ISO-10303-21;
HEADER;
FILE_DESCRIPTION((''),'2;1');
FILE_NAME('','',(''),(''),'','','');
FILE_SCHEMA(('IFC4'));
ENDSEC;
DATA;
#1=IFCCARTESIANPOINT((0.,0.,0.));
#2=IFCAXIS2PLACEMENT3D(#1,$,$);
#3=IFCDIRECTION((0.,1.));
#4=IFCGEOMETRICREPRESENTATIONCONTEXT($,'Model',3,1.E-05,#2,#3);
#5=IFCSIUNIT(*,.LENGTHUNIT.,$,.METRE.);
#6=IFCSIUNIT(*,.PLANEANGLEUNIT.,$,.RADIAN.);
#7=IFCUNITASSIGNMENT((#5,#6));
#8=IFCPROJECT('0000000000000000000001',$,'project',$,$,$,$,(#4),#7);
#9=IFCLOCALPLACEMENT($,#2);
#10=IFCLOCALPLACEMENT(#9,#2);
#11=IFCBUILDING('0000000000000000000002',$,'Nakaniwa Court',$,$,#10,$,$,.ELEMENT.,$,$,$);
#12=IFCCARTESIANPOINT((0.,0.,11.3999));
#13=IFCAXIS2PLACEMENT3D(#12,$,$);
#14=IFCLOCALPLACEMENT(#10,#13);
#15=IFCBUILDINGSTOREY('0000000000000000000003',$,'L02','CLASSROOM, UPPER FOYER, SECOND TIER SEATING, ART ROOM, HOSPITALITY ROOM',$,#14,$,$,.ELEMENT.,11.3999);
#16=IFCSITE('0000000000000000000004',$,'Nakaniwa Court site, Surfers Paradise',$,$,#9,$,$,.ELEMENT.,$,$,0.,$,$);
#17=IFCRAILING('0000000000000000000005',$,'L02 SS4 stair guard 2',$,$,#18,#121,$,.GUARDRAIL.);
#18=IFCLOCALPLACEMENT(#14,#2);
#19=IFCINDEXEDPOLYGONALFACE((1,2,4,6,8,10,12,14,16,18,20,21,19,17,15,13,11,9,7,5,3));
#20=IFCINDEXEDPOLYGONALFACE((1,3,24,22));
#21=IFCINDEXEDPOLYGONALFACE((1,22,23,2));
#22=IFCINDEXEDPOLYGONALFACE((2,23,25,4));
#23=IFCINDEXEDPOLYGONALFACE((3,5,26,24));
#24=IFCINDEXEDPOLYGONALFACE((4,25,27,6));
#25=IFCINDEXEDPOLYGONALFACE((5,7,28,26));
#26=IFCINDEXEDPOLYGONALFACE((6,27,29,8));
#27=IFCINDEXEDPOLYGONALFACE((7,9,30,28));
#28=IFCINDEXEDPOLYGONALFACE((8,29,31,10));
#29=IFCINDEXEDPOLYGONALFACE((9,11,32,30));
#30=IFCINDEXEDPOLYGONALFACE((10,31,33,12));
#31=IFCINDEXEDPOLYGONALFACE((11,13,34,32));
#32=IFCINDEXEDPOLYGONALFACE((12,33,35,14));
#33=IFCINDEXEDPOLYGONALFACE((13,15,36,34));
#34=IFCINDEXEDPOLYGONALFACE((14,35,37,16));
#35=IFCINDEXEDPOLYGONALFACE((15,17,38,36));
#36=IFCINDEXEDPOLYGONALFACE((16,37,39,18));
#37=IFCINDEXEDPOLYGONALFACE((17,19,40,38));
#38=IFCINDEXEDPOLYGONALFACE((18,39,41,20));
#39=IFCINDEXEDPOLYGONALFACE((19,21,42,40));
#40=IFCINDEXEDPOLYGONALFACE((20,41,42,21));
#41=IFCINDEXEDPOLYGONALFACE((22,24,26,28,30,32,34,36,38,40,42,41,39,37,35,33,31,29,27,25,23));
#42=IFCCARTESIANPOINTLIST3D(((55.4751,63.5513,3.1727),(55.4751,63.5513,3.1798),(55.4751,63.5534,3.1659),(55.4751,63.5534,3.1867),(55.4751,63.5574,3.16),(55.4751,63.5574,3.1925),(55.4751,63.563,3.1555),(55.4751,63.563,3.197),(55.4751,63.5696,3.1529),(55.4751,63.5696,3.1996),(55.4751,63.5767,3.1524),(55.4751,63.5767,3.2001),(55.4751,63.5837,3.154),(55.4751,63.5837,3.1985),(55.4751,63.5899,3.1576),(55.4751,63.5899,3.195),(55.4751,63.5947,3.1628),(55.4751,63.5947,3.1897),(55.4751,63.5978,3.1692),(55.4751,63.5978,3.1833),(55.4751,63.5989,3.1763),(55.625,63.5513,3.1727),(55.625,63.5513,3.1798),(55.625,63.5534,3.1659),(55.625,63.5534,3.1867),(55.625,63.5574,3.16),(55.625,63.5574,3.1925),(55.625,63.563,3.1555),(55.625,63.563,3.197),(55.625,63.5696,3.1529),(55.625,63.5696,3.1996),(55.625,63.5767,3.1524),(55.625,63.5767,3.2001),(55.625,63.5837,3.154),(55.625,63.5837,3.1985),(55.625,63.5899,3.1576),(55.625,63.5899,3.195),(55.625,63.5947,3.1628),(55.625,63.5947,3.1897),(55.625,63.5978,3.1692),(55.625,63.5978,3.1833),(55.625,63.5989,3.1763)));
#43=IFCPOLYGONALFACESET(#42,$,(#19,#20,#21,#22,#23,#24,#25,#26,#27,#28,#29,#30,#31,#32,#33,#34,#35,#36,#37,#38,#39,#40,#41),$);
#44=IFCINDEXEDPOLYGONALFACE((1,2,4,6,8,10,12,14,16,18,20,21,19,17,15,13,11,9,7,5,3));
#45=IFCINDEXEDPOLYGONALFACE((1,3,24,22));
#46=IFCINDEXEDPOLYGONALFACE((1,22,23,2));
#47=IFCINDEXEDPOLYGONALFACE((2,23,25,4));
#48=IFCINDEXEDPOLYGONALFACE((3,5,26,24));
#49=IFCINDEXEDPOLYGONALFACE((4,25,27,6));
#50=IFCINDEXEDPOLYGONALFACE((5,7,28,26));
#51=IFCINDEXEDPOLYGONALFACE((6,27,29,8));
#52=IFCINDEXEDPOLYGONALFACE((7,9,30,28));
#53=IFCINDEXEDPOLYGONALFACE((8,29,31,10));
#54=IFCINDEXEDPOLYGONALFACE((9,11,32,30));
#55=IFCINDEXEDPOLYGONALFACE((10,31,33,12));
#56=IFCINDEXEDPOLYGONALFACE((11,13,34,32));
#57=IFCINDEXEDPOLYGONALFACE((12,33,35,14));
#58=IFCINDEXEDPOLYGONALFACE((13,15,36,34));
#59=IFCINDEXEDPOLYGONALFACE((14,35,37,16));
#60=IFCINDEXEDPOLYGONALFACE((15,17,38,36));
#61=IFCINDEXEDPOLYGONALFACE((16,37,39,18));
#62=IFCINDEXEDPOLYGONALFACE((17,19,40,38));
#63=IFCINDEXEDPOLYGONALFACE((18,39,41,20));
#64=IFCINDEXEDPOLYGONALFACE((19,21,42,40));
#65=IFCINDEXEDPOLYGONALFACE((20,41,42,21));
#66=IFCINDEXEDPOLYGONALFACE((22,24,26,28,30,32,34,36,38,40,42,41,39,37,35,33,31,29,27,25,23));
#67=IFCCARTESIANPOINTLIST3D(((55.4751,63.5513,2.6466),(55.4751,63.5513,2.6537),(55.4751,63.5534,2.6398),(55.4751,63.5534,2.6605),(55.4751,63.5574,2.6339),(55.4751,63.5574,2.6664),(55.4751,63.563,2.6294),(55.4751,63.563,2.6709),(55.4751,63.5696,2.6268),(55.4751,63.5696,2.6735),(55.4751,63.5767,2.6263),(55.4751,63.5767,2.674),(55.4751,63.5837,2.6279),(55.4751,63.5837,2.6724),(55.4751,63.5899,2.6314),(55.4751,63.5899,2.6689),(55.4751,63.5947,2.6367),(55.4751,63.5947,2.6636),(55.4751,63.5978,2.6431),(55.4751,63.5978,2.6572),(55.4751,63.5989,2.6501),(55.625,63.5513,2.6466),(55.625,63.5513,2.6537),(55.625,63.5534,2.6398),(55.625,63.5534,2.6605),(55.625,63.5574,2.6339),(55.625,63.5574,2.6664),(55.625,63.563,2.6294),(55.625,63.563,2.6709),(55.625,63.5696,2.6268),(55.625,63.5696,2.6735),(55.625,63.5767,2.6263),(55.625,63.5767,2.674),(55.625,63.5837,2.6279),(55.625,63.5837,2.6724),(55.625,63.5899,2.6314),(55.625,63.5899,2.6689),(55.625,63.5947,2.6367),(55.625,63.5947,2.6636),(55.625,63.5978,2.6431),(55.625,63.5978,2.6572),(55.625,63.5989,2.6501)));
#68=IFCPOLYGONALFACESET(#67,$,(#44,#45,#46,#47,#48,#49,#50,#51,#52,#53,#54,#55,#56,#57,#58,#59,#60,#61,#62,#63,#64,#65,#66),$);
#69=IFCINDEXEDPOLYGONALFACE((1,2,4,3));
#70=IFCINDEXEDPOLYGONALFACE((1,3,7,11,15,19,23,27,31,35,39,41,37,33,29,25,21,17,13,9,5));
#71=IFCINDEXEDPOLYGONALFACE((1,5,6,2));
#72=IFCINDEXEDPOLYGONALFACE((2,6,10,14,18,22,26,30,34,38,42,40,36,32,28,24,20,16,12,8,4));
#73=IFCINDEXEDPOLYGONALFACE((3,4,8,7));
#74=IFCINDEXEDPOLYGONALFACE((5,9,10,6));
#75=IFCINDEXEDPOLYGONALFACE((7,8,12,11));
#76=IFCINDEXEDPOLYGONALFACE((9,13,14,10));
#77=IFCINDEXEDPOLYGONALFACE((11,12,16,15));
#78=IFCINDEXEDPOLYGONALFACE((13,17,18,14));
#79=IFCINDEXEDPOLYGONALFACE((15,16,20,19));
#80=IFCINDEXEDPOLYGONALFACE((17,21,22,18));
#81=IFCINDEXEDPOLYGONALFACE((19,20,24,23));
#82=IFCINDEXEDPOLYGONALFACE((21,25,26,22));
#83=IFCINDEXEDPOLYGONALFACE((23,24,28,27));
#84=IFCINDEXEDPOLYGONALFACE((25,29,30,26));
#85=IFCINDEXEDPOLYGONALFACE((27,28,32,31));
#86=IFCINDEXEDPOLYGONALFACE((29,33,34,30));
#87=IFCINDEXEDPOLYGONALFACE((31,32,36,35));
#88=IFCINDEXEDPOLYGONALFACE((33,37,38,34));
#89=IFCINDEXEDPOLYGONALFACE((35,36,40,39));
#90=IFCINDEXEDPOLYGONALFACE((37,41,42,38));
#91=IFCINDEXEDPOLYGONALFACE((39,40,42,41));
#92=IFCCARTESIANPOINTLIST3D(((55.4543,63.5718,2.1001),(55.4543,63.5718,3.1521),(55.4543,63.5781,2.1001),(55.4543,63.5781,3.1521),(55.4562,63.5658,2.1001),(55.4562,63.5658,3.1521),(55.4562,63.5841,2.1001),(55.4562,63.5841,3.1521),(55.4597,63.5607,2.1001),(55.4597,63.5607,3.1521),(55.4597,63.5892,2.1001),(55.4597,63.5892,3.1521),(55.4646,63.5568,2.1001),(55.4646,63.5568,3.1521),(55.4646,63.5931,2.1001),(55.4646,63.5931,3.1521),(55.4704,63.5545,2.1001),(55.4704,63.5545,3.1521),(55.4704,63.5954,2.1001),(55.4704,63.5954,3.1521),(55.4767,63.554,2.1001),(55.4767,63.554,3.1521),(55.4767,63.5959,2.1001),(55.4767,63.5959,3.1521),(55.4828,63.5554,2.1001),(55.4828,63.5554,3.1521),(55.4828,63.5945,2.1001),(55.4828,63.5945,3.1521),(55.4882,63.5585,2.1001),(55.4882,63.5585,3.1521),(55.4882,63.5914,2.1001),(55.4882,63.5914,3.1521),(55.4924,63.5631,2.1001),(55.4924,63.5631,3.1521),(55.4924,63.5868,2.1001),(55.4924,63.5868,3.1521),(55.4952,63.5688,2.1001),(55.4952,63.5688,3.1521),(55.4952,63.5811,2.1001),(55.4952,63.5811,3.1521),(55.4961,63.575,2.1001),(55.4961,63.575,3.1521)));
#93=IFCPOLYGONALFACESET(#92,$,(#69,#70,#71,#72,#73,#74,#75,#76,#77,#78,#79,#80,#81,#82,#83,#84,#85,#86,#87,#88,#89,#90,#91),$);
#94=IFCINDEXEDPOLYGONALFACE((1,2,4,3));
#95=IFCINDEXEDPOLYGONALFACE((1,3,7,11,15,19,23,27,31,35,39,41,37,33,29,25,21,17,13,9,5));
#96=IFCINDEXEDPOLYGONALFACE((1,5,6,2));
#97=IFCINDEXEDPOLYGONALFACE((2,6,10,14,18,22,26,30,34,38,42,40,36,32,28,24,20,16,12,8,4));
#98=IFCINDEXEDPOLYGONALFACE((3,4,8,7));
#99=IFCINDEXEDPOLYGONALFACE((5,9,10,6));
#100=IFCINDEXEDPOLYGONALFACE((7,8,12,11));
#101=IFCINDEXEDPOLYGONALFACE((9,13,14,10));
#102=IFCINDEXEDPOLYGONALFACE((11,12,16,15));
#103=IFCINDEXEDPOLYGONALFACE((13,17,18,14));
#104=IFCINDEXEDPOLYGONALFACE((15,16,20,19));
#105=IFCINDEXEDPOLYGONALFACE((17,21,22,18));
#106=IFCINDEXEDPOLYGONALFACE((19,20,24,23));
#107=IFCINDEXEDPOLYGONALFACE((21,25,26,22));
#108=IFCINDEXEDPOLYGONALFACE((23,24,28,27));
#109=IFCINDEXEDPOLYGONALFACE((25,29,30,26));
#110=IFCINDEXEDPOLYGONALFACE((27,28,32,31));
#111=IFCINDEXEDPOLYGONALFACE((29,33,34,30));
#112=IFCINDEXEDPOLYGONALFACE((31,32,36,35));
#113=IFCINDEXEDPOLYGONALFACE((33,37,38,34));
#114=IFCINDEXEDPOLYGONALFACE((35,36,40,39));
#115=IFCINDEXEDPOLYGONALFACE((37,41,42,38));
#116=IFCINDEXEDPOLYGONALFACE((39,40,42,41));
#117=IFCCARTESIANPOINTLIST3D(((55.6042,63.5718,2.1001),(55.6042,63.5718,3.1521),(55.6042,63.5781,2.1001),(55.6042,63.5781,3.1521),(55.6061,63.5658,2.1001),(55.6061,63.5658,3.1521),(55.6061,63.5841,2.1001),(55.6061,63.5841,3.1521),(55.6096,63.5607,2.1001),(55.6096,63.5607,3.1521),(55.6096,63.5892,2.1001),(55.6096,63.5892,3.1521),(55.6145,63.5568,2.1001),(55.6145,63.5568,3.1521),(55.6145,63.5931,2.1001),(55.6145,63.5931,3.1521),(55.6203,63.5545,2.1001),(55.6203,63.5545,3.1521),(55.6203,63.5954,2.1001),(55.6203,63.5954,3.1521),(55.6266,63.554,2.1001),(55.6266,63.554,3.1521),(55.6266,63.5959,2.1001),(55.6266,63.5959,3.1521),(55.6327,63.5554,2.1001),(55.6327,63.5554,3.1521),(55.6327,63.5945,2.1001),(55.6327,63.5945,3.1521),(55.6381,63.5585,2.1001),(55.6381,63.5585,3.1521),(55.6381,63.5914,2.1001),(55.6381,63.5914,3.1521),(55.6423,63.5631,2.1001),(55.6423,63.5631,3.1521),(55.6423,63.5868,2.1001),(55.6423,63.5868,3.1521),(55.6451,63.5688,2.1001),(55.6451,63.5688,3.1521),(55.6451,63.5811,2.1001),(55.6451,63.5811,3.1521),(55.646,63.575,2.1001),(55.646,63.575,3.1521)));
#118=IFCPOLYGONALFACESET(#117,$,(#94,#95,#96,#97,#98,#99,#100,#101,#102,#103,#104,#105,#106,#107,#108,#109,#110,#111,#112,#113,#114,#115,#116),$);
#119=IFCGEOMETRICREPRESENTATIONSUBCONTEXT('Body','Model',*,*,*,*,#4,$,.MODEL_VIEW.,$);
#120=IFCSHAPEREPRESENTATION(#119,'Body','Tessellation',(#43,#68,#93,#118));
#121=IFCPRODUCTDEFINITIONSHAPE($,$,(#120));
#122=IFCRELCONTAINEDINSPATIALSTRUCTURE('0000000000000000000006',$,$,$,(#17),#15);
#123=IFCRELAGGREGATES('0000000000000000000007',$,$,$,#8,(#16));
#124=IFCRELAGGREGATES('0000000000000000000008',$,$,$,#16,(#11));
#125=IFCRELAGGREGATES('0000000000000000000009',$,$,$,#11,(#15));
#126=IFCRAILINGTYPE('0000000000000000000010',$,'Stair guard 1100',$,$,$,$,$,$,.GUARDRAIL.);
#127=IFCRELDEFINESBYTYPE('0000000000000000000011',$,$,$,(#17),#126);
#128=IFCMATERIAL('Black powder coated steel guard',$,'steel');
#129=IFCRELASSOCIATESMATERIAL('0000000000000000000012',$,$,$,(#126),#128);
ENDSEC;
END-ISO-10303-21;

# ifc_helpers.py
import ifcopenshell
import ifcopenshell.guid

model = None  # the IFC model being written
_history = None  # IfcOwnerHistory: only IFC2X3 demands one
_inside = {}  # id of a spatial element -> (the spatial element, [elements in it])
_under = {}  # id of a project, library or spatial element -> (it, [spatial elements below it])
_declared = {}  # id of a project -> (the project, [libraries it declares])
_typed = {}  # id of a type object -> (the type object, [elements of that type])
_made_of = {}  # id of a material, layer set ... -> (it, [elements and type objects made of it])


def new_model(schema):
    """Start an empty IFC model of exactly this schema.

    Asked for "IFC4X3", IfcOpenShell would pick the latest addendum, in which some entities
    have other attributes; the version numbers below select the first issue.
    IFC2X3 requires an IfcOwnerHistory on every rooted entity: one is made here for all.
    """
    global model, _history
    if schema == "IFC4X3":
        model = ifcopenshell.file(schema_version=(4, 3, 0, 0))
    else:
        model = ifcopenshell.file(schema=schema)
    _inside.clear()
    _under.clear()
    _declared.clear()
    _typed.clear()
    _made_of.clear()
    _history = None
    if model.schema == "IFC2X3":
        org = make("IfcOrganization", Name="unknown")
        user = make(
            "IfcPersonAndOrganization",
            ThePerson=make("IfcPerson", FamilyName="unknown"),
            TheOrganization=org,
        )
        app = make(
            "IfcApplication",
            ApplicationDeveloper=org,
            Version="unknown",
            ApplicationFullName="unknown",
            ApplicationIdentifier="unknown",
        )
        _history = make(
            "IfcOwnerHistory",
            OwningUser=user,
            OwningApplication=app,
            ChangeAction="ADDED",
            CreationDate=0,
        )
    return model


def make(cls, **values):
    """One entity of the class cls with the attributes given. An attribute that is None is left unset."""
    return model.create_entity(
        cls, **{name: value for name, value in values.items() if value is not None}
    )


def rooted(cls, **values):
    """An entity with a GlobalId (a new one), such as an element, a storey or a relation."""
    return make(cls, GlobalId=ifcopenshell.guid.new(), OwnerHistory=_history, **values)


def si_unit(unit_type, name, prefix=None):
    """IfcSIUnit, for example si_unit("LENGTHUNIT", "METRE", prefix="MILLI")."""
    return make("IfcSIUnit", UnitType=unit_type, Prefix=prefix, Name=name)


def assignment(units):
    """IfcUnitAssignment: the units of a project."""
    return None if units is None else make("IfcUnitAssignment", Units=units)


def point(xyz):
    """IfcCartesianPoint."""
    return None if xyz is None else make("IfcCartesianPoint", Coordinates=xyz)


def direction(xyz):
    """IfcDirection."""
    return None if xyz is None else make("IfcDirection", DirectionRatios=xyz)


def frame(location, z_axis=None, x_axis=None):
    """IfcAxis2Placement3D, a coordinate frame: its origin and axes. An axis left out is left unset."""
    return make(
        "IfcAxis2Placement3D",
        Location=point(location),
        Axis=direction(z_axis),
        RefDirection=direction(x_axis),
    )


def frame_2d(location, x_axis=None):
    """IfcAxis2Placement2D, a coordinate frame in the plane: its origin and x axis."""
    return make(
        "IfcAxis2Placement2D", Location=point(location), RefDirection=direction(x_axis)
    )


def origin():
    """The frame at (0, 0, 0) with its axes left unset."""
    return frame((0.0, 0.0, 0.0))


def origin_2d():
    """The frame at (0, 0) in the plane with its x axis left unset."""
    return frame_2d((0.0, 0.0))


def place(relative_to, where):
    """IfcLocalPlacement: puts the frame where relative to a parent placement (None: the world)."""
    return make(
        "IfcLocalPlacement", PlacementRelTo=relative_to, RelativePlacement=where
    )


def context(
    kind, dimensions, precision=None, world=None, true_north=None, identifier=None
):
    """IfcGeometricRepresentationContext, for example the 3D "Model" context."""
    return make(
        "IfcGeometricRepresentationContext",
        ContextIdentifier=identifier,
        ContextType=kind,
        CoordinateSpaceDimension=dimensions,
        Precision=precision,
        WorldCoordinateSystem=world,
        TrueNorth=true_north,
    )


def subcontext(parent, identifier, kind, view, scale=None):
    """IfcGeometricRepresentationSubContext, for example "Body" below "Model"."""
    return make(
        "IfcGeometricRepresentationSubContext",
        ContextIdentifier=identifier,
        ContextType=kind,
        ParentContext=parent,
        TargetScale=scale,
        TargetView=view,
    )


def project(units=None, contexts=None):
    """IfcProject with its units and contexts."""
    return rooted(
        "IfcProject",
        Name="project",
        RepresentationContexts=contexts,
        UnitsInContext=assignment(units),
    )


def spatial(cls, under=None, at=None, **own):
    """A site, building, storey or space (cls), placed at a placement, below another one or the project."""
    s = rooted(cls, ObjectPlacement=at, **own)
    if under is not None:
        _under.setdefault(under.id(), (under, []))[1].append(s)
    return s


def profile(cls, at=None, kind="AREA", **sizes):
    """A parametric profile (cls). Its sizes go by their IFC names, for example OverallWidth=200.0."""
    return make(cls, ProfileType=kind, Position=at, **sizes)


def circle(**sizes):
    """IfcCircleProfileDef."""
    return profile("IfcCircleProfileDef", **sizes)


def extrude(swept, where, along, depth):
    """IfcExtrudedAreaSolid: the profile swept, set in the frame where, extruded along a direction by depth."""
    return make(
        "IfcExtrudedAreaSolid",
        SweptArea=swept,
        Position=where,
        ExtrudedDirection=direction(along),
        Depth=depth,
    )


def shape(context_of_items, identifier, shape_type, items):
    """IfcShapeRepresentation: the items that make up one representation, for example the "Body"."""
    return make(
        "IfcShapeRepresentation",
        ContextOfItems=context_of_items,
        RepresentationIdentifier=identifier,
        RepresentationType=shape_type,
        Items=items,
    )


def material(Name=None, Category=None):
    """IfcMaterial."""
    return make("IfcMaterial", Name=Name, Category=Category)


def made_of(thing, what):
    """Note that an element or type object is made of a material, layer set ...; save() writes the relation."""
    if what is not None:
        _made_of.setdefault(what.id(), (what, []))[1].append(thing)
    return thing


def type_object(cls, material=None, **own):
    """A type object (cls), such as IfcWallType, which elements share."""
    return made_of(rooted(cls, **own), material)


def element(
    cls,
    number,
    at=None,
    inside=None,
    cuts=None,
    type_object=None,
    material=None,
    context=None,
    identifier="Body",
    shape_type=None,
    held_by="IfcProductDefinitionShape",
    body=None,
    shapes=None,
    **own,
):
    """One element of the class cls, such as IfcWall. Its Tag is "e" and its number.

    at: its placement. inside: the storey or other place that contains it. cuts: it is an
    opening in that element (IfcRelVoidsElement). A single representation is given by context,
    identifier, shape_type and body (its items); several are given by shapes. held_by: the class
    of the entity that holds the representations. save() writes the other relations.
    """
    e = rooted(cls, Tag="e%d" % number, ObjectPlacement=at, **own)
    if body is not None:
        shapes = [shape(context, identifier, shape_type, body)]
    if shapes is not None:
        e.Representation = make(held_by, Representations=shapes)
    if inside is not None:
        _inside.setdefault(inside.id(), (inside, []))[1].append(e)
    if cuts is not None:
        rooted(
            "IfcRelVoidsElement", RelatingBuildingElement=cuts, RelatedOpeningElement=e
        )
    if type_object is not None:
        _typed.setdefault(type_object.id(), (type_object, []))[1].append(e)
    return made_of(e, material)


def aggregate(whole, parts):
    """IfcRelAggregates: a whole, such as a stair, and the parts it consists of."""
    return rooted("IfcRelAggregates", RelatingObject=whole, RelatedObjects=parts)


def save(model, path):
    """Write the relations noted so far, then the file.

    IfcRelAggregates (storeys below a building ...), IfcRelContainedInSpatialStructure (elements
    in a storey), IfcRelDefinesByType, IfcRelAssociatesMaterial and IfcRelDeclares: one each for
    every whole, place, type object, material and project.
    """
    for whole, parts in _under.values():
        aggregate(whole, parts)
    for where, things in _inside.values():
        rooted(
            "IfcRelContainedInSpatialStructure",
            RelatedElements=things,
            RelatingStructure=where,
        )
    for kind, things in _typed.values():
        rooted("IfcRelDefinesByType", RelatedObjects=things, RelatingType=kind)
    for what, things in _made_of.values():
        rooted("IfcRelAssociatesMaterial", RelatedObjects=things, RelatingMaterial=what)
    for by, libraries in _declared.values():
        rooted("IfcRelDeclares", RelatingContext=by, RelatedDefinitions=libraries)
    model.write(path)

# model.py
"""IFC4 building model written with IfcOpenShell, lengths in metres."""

from ifc_helpers import new_model, si_unit, direction, frame, origin, origin_2d, place, context, subcontext, project, spatial, circle, extrude, material, type_object, element, save


model = new_model("IFC4")

# Units and contexts
model_context = context("Model", 3, precision=1e-05, world=origin(), true_north=direction((0.0, 1.0)))
body_context = subcontext(model_context, "Body", "Model", "MODEL_VIEW")
ifc_project = project(units=[si_unit("LENGTHUNIT", "METRE"), si_unit("PLANEANGLEUNIT", "RADIAN")], contexts=[model_context])

# Site, building, storey
site_placement = place(None, origin())
site = spatial("IfcSite", under=ifc_project, at=site_placement, Name="Nakaniwa Court site, Surfers Paradise", CompositionType="ELEMENT", RefElevation=0.0)
building_placement = place(site_placement, origin())
building = spatial("IfcBuilding", under=site, at=building_placement, Name="Nakaniwa Court", CompositionType="ELEMENT")
storey_placement = place(building_placement, frame((0.0, 0.0, 11.3999)))
storey = spatial("IfcBuildingStorey", under=building, at=storey_placement, Name="L02", Description="CLASSROOM, UPPER FOYER, SECOND TIER SEATING, ART ROOM, HOSPITALITY ROOM", CompositionType="ELEMENT", Elevation=11.3999)

# Railing
ifc_material_1 = material(Name="Black powder coated steel guard", Category="steel")
railing_type_1 = type_object("IfcRailingType", Name="Stair guard 1100", PredefinedType="GUARDRAIL", material=ifc_material_1)
railing_1_placement = place(storey_placement, frame((55.4751, 63.575, 2.1001)))
element("IfcRailing", 1, at=railing_1_placement, inside=storey, type_object=railing_type_1, Name="L02 SS4 stair guard 2", PredefinedType="GUARDRAIL", context=body_context, shape_type="SweptSolid", body=[
    extrude(circle(Radius=0.0239, at=origin_2d()), frame((0.0, 0.0, 1.0762), z_axis=(1.0, 0.0, 0.0), x_axis=(0.0, 1.0, 0.0)), (0.0, 0.0, 1.0), 0.1499),
    extrude(circle(Radius=0.0239, at=origin_2d()), frame((0.0, 0.0, 0.55), z_axis=(1.0, 0.0, 0.0), x_axis=(0.0, 1.0, 0.0)), (0.0, 0.0, 1.0), 0.1499),
    extrude(circle(Radius=0.021, at=origin_2d()), origin(), (0.0, 0.0, 1.0), 1.052),
    extrude(circle(Radius=0.021, at=origin_2d()), frame((0.1499, 0.0, 0.0)), (0.0, 0.0, 1.0), 1.052),
])

save(model, "model.ifc")
